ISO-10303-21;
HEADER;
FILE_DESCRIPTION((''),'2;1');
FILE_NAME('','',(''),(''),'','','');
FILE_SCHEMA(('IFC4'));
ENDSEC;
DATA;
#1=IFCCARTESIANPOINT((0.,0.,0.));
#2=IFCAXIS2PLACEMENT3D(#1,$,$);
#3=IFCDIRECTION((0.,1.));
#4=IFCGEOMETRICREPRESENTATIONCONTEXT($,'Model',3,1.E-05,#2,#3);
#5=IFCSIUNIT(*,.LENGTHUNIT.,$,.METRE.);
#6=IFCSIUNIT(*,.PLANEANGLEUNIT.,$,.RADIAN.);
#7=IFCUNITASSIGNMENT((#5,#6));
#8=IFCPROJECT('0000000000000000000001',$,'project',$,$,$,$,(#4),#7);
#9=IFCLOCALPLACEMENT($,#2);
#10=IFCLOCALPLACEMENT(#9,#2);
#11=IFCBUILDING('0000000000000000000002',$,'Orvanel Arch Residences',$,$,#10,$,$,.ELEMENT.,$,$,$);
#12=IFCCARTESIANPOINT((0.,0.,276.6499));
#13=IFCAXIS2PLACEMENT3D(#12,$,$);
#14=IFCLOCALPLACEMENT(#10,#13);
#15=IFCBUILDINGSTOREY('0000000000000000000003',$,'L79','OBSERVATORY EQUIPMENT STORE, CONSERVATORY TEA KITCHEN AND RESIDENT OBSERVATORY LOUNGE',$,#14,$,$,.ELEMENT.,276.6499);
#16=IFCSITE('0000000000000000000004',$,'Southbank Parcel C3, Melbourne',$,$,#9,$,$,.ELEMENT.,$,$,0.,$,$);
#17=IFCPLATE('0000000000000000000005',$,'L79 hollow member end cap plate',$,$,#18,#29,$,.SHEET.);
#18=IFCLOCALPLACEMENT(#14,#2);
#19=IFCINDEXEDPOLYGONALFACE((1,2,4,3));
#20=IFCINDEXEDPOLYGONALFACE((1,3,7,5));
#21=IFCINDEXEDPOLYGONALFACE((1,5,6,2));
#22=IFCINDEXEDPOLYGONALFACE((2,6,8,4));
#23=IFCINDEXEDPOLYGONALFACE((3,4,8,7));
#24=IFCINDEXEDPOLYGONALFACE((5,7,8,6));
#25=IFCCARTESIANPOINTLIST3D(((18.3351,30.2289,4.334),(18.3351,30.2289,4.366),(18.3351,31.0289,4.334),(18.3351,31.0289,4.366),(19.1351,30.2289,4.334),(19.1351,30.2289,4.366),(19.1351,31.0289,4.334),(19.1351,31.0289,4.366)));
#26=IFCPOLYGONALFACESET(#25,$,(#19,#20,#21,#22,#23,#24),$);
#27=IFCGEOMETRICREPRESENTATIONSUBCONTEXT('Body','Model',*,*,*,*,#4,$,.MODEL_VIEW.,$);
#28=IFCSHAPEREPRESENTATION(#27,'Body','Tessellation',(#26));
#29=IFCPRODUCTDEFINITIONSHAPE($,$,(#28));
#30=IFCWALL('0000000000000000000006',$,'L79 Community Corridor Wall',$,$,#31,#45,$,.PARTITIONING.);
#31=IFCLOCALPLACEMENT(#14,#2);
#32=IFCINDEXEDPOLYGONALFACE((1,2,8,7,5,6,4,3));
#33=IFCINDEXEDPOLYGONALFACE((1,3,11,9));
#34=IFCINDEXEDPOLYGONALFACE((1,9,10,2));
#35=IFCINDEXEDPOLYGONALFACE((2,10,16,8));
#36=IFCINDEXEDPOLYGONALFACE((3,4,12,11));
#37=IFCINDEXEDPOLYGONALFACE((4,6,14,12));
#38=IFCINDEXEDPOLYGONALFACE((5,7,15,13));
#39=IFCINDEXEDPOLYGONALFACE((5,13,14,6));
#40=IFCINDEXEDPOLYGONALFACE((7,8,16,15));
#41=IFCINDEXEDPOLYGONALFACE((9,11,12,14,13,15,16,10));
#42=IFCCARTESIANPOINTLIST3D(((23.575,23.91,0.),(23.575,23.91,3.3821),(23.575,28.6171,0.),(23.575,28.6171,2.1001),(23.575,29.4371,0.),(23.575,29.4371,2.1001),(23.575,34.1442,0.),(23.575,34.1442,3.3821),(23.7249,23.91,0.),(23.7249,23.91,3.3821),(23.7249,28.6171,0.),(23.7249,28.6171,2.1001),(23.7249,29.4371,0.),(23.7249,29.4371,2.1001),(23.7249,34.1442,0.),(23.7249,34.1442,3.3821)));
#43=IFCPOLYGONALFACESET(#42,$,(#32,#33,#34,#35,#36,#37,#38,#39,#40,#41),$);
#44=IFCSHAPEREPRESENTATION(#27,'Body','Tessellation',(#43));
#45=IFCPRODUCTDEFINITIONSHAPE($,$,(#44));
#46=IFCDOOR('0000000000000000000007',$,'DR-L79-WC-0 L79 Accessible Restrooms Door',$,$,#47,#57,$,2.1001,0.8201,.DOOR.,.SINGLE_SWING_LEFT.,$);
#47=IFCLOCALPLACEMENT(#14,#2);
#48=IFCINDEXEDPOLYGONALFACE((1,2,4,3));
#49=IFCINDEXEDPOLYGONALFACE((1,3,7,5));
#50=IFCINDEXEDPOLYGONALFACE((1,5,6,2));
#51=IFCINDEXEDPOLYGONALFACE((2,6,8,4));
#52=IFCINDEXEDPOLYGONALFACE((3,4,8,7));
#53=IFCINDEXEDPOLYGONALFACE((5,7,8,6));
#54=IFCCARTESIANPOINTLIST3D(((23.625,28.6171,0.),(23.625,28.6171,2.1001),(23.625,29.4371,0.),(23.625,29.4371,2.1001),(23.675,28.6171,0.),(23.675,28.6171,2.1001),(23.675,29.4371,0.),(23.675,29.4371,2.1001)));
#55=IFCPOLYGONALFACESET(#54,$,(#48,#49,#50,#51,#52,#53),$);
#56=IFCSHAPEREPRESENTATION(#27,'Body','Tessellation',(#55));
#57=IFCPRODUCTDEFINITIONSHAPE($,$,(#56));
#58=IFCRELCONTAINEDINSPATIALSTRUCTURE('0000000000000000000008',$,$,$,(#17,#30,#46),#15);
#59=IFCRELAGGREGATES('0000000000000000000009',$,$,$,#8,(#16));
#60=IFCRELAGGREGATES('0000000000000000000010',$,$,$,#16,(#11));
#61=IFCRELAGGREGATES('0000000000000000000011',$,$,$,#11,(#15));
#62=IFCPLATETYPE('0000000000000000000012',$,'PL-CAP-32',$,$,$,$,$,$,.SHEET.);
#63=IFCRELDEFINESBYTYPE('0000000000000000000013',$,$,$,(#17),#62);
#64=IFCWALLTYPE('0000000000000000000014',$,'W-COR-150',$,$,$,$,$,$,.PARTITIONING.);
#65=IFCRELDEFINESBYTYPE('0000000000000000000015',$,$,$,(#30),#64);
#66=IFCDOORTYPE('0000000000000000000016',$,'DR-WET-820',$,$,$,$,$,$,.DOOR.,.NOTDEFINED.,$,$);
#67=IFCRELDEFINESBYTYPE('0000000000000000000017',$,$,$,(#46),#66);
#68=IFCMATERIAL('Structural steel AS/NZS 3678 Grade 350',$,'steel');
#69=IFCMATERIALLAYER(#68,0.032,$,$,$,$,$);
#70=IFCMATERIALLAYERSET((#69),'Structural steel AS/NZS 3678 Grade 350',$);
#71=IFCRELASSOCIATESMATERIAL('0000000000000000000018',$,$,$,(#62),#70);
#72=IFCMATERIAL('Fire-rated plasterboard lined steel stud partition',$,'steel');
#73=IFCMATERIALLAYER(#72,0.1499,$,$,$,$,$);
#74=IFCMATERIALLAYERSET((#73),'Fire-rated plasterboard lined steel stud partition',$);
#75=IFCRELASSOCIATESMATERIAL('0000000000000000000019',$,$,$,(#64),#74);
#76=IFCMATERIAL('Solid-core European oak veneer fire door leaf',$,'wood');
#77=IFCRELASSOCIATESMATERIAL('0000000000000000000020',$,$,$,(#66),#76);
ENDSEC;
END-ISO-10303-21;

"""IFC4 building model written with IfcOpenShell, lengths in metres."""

from ifc_helpers import new_model, si_unit, direction, frame, frame_2d, origin, origin_2d, place, context, subcontext, project, spatial, rectangle, extrude, material, layer, layer_set, type_object, element, fill, save


model = new_model("IFC4")

# Units and contexts
model_context = context("Model", 3, precision=1e-05, world=origin(), true_north=direction((0.0, 1.0)))
body_context = subcontext(model_context, "Body", "Model", "MODEL_VIEW")
ifc_project = project(units=[si_unit("LENGTHUNIT", "METRE"), si_unit("PLANEANGLEUNIT", "RADIAN")], contexts=[model_context])

# Site, building, storey
site_placement = place(None, origin())
site = spatial("IfcSite", under=ifc_project, at=site_placement, Name="Southbank Parcel C3, Melbourne", CompositionType="ELEMENT", RefElevation=0.0)
building_placement = place(site_placement, origin())
building = spatial("IfcBuilding", under=site, at=building_placement, Name="Orvanel Arch Residences", CompositionType="ELEMENT")
storey_placement = place(building_placement, frame((0.0, 0.0, 276.6499)))
storey = spatial("IfcBuildingStorey", under=building, at=storey_placement, Name="L79", Description="OBSERVATORY EQUIPMENT STORE, CONSERVATORY TEA KITCHEN AND RESIDENT OBSERVATORY LOUNGE", CompositionType="ELEMENT", Elevation=276.6499)

# Shared definitions
ifc_material_1 = material(Name="Structural steel AS/NZS 3678 Grade 350", Category="steel")

# Plate
ifc_layer_1 = layer(ifc_material_1, 0.032)
ifc_layer_set_1 = layer_set([ifc_layer_1], Name="Structural steel AS/NZS 3678 Grade 350")
plate_type = type_object("IfcPlateType", Name="PL-CAP-32", PredefinedType="SHEET", material=ifc_layer_set_1)
plate_placement = place(storey_placement, frame((18.7351, 30.6289, 4.334), z_axis=(0.0, 0.0, 1.0), x_axis=(1.0, 0.0, 0.0)))
element("IfcPlate", 1, at=plate_placement, inside=storey, type_object=plate_type, Name="L79 hollow member end cap plate", PredefinedType="SHEET", context=body_context, shape_type="SweptSolid", body=[
    extrude(rectangle(XDim=0.8, YDim=0.8, at=origin_2d()), origin(), (0.0, 0.0, 1.0), 0.032),
])

# Wall, opening, door
ifc_material_2 = material(Name="Fire-rated plasterboard lined steel stud partition", Category="steel")
ifc_layer_2 = layer(ifc_material_2, 0.1499)
ifc_layer_set_2 = layer_set([ifc_layer_2], Name="Fire-rated plasterboard lined steel stud partition")
wall_type_1 = type_object("IfcWallType", Name="W-COR-150", PredefinedType="PARTITIONING", material=ifc_layer_set_2)
wall_1_placement = place(storey_placement, frame((23.6499, 23.9099, 0.0), z_axis=(0.0, 0.0, 1.0), x_axis=(0.0, 1.0, 0.0)))
wall_1 = element("IfcWall", 2, at=wall_1_placement, inside=storey, type_object=wall_type_1, Name="L79 Community Corridor Wall", PredefinedType="PARTITIONING", context=body_context, shape_type="SweptSolid", body=[
    extrude(rectangle(XDim=10.2341, YDim=0.1499, at=frame_2d((5.1172, 0.0))), origin(), (0.0, 0.0, 1.0), 3.3821),
])
opening_1_placement = place(wall_1_placement, frame((4.707, 0.0, 0.0)))
opening_1 = element("IfcOpeningElement", 3, at=opening_1_placement, cuts=wall_1, PredefinedType="OPENING", context=body_context, shape_type="SweptSolid", body=[
    extrude(rectangle(XDim=0.8201, YDim=2.1001, at=frame_2d((0.4102, 1.05))), frame((0.0, 0.085, 0.0), z_axis=(0.0, -1.0, 0.0), x_axis=(1.0, 0.0, 0.0)), (0.0, 0.0, 1.0), 0.1699),
])
ifc_material_3 = material(Name="Solid-core European oak veneer fire door leaf", Category="wood")
door_type_1 = type_object("IfcDoorType", Name="DR-WET-820", OperationType="NOTDEFINED", PredefinedType="DOOR", material=ifc_material_3)
door_1_placement = place(opening_1_placement, origin())
door_1 = element("IfcDoor", 4, at=door_1_placement, inside=storey, type_object=door_type_1, Name="DR-L79-WC-0 L79 Accessible Restrooms Door", OperationType="SINGLE_SWING_LEFT", OverallHeight=2.1001, OverallWidth=0.8201, PredefinedType="DOOR", context=body_context, shape_type="SweptSolid", body=[
    extrude(rectangle(XDim=0.8201, YDim=2.1001, at=frame_2d((0.4102, 1.05))), frame((0.0, 0.0249, 0.0), z_axis=(0.0, -1.0, 0.0), x_axis=(1.0, 0.0, 0.0)), (0.0, 0.0, 1.0), 0.05),
])
fill(opening_1, door_1)

save(model, "model.ifc")
